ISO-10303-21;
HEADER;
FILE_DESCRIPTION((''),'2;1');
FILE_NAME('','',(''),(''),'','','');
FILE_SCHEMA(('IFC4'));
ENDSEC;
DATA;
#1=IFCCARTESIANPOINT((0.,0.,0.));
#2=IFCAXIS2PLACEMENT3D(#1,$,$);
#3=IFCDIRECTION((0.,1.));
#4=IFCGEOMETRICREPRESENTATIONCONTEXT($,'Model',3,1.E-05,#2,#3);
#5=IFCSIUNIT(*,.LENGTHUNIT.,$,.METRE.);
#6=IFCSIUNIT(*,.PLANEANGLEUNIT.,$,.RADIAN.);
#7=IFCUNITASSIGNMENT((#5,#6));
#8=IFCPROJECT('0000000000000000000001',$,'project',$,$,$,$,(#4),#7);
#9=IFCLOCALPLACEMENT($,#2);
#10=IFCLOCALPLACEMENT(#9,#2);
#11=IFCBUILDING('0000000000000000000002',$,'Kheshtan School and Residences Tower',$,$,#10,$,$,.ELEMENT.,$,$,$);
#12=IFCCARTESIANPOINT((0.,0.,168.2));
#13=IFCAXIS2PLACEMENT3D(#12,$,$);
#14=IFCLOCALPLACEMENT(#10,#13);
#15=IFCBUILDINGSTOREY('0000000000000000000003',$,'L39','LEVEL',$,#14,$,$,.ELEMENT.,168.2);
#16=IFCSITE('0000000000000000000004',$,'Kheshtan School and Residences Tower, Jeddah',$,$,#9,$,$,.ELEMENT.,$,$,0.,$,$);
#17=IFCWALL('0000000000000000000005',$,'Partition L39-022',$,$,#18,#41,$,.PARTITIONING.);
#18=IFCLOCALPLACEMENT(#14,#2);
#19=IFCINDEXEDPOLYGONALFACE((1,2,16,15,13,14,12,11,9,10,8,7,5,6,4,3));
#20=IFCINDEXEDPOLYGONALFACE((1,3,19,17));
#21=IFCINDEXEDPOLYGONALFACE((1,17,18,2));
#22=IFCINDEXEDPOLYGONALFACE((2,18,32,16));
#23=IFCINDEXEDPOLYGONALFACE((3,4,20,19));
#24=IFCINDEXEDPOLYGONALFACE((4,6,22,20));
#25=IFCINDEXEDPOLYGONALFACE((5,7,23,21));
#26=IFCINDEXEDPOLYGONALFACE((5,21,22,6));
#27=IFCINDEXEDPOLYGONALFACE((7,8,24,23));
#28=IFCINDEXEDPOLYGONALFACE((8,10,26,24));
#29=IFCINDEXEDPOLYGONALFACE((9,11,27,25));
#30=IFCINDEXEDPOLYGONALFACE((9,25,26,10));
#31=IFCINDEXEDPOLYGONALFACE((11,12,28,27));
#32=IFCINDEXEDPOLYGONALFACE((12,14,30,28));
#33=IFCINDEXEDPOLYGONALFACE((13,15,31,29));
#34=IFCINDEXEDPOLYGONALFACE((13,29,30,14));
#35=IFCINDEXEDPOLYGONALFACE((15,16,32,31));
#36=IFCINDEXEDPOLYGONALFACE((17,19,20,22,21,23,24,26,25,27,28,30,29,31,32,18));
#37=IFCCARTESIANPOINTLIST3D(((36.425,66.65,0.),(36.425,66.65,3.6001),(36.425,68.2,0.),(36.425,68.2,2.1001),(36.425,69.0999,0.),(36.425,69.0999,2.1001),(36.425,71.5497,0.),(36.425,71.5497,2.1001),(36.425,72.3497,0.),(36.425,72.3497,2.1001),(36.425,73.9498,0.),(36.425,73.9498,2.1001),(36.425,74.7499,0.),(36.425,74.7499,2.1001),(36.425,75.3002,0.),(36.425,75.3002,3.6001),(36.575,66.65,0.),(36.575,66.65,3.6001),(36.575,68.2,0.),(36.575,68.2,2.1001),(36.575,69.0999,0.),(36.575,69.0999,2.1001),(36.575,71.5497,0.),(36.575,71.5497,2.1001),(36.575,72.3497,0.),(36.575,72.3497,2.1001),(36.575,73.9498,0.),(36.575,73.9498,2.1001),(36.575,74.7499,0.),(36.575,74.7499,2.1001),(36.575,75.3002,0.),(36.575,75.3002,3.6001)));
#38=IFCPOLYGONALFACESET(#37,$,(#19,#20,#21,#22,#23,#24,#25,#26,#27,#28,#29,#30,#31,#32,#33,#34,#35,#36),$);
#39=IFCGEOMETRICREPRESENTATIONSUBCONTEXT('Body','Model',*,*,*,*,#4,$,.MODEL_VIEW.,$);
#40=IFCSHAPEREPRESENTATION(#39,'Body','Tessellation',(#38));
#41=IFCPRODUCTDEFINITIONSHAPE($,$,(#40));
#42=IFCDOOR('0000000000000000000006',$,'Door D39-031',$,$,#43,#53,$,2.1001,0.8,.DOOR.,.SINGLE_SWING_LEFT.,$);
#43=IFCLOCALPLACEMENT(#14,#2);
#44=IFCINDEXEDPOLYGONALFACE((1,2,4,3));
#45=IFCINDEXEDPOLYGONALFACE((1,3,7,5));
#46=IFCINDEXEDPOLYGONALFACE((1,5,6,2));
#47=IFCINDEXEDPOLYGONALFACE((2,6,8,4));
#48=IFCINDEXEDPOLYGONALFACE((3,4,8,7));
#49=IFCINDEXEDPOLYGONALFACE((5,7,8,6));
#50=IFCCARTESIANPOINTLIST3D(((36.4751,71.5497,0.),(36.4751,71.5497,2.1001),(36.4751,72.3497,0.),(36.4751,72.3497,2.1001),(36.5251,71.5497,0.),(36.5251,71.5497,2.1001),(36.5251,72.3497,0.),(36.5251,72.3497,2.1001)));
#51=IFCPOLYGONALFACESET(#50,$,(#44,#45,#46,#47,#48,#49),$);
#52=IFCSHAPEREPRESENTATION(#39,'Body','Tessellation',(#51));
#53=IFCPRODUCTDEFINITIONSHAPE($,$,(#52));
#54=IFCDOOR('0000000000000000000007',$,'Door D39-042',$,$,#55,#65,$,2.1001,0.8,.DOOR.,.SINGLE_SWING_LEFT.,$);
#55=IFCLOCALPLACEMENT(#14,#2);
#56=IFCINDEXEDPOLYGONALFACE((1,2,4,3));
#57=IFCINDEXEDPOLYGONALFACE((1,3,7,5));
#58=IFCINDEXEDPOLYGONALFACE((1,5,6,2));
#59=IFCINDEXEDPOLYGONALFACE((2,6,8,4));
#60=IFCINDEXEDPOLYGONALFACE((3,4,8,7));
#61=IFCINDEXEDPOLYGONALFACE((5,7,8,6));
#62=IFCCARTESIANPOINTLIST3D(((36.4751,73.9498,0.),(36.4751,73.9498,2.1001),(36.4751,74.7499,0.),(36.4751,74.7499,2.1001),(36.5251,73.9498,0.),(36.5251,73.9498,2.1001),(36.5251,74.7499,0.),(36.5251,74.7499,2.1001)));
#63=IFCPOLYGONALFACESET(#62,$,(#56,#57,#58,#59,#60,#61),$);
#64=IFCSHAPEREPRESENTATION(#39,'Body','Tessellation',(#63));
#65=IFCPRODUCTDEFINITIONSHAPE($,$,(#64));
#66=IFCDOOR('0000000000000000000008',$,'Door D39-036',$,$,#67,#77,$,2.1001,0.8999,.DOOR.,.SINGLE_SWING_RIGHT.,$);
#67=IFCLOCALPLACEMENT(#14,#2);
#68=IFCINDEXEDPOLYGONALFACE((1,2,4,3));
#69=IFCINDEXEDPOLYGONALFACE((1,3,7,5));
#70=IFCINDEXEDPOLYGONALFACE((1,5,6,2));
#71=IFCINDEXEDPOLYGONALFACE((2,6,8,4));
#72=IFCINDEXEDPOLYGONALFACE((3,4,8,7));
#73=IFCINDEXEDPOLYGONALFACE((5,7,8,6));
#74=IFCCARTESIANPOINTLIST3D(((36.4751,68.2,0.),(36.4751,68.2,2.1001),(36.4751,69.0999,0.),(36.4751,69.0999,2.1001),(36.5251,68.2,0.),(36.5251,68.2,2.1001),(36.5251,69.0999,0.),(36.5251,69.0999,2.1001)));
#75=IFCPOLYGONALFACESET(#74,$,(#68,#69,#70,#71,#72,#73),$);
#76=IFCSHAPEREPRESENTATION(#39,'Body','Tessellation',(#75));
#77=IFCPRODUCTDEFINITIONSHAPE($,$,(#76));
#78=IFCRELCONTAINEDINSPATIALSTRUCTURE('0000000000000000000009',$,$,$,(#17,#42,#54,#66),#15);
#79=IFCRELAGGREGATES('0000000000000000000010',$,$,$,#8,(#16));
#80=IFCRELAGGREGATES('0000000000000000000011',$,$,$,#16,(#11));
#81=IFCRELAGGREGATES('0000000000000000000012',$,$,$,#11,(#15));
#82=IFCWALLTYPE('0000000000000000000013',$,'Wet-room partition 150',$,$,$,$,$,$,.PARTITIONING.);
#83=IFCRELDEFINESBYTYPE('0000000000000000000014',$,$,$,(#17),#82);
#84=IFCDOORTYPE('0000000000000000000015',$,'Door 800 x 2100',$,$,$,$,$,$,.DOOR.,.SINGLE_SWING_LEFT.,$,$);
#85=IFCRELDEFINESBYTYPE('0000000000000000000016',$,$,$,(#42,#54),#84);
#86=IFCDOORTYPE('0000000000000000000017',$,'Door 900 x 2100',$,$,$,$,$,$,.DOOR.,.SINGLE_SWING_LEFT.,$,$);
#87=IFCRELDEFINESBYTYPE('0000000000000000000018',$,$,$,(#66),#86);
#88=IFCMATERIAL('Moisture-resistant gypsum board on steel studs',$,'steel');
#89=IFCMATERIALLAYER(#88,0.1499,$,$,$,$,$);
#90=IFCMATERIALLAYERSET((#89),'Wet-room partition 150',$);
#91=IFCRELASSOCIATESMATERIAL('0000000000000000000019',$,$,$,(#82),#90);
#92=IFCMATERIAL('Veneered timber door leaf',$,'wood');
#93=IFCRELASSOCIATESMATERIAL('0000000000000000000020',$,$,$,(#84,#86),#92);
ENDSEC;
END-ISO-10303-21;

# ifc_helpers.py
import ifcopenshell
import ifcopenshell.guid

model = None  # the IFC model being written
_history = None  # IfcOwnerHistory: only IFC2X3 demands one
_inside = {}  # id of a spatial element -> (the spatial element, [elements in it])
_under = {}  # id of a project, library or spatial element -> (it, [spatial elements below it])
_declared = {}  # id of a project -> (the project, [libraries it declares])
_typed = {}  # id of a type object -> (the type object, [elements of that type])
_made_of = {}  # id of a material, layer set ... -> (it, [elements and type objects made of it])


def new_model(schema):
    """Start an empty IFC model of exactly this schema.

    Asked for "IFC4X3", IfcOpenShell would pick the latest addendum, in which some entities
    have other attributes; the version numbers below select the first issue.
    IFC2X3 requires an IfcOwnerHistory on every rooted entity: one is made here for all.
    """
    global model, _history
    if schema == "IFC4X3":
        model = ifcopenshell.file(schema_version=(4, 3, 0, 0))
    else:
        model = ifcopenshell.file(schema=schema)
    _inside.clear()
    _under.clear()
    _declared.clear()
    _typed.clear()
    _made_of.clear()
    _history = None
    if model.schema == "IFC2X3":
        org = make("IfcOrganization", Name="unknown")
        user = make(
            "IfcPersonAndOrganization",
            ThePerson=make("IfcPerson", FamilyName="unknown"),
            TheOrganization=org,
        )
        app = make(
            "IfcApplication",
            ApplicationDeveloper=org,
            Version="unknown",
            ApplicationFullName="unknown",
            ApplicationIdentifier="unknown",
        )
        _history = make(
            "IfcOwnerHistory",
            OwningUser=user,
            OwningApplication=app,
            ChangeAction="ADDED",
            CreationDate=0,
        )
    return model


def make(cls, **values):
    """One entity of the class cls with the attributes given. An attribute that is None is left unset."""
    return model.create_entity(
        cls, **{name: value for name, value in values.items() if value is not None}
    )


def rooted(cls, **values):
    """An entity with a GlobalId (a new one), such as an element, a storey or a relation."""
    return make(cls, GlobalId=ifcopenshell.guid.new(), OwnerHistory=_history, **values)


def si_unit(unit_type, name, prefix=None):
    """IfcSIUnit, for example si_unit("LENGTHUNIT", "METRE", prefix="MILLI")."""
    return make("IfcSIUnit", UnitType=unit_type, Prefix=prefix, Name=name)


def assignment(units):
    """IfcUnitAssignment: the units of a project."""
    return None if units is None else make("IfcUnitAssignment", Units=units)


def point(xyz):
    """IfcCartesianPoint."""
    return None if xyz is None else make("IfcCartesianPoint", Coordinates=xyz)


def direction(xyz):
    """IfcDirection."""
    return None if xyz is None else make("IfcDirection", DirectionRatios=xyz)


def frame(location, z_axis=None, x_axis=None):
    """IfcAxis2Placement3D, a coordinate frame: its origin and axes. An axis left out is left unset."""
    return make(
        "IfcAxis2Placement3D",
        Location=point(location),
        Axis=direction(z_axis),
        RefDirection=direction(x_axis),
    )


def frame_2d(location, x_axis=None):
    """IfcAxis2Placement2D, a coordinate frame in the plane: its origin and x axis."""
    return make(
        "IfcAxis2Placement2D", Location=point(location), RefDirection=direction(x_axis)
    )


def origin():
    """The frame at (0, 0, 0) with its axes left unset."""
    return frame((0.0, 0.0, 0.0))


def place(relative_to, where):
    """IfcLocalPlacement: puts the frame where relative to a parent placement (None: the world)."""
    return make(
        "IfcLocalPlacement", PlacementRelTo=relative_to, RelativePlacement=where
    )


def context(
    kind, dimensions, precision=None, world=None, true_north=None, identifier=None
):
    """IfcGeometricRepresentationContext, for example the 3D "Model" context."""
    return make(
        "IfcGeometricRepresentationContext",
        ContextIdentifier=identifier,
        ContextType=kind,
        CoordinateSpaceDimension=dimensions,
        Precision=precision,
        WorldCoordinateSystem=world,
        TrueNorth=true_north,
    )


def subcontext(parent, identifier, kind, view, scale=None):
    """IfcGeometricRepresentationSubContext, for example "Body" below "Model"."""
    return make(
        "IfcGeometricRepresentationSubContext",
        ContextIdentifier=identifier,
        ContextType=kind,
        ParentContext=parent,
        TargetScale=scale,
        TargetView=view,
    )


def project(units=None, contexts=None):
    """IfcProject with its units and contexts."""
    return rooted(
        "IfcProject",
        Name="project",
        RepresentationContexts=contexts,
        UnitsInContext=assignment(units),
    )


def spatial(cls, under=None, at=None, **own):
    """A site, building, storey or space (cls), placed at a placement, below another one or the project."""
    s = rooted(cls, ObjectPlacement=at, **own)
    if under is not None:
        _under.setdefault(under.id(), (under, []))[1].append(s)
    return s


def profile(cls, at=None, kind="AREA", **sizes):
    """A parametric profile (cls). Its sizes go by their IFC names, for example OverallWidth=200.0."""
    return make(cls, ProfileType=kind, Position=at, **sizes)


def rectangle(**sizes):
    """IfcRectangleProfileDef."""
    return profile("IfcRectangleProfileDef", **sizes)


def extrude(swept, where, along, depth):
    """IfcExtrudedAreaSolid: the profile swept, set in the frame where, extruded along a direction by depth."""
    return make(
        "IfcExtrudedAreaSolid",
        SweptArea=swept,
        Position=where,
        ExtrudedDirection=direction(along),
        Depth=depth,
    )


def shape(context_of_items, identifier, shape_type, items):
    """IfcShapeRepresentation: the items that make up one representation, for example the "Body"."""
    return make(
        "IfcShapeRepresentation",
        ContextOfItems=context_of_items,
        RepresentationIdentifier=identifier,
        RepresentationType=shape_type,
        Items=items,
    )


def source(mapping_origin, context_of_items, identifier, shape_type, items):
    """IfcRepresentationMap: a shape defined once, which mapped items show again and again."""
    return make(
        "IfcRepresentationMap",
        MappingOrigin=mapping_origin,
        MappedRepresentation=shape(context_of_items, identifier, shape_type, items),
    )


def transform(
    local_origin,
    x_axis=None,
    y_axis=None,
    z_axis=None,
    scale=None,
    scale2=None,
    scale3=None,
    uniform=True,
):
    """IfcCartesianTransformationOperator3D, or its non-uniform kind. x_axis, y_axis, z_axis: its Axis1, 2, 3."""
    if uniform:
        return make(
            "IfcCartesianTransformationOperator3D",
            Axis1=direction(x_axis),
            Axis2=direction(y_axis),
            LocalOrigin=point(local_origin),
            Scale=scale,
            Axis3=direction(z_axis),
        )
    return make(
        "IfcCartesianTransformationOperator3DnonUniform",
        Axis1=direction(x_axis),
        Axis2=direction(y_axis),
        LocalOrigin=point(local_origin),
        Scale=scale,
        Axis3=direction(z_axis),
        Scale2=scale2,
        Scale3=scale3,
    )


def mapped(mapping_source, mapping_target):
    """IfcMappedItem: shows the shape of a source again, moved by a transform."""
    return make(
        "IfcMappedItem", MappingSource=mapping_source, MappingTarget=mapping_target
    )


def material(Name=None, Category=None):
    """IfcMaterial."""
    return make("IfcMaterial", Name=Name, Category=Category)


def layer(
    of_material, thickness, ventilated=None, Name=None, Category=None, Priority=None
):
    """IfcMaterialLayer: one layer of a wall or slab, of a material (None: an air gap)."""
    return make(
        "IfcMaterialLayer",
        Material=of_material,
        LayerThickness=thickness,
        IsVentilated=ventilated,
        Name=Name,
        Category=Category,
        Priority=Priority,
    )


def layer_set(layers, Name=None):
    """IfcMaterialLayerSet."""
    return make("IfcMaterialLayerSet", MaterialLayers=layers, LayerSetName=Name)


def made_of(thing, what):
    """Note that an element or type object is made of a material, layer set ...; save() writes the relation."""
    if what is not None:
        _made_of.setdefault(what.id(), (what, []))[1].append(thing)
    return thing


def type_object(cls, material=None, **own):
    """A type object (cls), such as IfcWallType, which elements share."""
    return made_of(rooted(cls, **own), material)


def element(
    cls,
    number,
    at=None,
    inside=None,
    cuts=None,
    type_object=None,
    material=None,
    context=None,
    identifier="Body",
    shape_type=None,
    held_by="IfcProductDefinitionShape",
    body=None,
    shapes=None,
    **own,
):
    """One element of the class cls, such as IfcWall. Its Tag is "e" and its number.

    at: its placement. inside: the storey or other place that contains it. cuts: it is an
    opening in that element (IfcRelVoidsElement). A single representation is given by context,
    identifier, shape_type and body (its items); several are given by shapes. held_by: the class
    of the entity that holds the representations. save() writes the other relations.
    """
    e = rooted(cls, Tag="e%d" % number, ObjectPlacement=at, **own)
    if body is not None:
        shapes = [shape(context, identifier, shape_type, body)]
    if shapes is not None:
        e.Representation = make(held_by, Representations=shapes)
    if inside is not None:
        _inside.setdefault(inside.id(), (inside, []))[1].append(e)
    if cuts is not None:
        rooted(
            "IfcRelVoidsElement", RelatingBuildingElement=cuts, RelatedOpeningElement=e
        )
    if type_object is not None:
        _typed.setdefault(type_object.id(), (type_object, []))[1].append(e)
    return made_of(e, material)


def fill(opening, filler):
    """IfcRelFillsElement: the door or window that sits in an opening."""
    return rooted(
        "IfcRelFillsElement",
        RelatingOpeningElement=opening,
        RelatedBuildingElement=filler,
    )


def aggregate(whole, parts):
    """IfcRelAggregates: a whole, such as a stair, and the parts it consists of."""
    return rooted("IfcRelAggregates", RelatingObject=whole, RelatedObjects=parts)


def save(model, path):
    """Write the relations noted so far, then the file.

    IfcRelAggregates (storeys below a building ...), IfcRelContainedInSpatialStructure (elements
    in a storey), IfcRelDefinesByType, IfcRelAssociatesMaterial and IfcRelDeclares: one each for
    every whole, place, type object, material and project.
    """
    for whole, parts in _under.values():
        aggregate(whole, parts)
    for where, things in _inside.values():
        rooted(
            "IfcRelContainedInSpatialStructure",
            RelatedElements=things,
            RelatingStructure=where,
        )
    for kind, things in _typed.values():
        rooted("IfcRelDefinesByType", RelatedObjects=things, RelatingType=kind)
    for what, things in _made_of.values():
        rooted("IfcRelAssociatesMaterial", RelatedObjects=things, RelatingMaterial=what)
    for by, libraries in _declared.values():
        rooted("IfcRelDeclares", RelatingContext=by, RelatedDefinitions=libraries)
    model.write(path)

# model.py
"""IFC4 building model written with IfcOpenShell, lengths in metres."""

from ifc_helpers import new_model, si_unit, direction, frame, frame_2d, origin, place, context, subcontext, project, spatial, rectangle, extrude, source, transform, mapped, material, layer, layer_set, type_object, element, fill, save


model = new_model("IFC4")

# Units and contexts
model_context = context("Model", 3, precision=1e-05, world=origin(), true_north=direction((0.0, 1.0)))
body_context = subcontext(model_context, "Body", "Model", "MODEL_VIEW")
ifc_project = project(units=[si_unit("LENGTHUNIT", "METRE"), si_unit("PLANEANGLEUNIT", "RADIAN")], contexts=[model_context])

# Site, building, storey
site_placement = place(None, origin())
site = spatial("IfcSite", under=ifc_project, at=site_placement, Name="Kheshtan School and Residences Tower, Jeddah", CompositionType="ELEMENT", RefElevation=0.0)
building_placement = place(site_placement, origin())
building = spatial("IfcBuilding", under=site, at=building_placement, Name="Kheshtan School and Residences Tower", CompositionType="ELEMENT")
storey_placement = place(building_placement, frame((0.0, 0.0, 168.2)))
storey = spatial("IfcBuildingStorey", under=building, at=storey_placement, Name="L39", Description="LEVEL", CompositionType="ELEMENT", Elevation=168.2)

# Shared definitions
ifc_material_1 = material(Name="Moisture-resistant gypsum board on steel studs", Category="steel")
ifc_layer_1 = layer(ifc_material_1, 0.1499)
ifc_layer_set_1 = layer_set([ifc_layer_1], Name="Wet-room partition 150")
wall_type_1 = type_object("IfcWallType", Name="Wet-room partition 150", PredefinedType="PARTITIONING", material=ifc_layer_set_1)

# Shared definitions
ifc_material_2 = material(Name="Veneered timber door leaf", Category="wood")
door_type_1 = type_object("IfcDoorType", Name="Door 800 x 2100", OperationType="SINGLE_SWING_LEFT", PredefinedType="DOOR", material=ifc_material_2)
shared_shape_1 = source(origin(), body_context, "Body", "SweptSolid", [
    extrude(rectangle(XDim=0.8, YDim=2.1001, at=frame_2d((0.3999, 1.05))), frame((0.0, 0.0249, 0.0), z_axis=(0.0, -1.0, 0.0), x_axis=(1.0, 0.0, 0.0)), (0.0, 0.0, 1.0), 0.05),
])

# Wall, openings, doors
wall_1_placement = place(storey_placement, frame((36.5, 66.6499, 0.0), z_axis=(0.0, 0.0, 1.0), x_axis=(0.0, 1.0, 0.0)))
wall_1 = element("IfcWall", 1, at=wall_1_placement, inside=storey, type_object=wall_type_1, Name="Partition L39-022", PredefinedType="PARTITIONING", context=body_context, shape_type="SweptSolid", body=[
    extrude(rectangle(XDim=8.6501, YDim=0.1499, at=frame_2d((4.3252, 0.0))), origin(), (0.0, 0.0, 1.0), 3.6001),
])
opening_1_placement = place(wall_1_placement, frame((4.8999, 0.0, 0.0)))
opening_1 = element("IfcOpeningElement", 2, at=opening_1_placement, cuts=wall_1, PredefinedType="OPENING", context=body_context, shape_type="SweptSolid", body=[
    extrude(rectangle(XDim=0.8, YDim=2.1001, at=frame_2d((0.3999, 1.05))), frame((0.0, 0.085, 0.0), z_axis=(0.0, -1.0, 0.0), x_axis=(1.0, 0.0, 0.0)), (0.0, 0.0, 1.0), 0.1699),
])
opening_2_placement = place(wall_1_placement, frame((1.55, 0.0, 0.0)))
opening_2 = element("IfcOpeningElement", 3, at=opening_2_placement, cuts=wall_1, PredefinedType="OPENING", context=body_context, shape_type="SweptSolid", body=[
    extrude(rectangle(XDim=0.8999, YDim=2.1001, at=frame_2d((0.45, 1.05))), frame((0.0, 0.085, 0.0), z_axis=(0.0, -1.0, 0.0), x_axis=(1.0, 0.0, 0.0)), (0.0, 0.0, 1.0), 0.1699),
])
opening_3_placement = place(wall_1_placement, frame((7.3, 0.0, 0.0)))
opening_3 = element("IfcOpeningElement", 4, at=opening_3_placement, cuts=wall_1, PredefinedType="OPENING", context=body_context, shape_type="SweptSolid", body=[
    extrude(rectangle(XDim=0.8, YDim=2.1001, at=frame_2d((0.3999, 1.05))), frame((0.0, 0.085, 0.0), z_axis=(0.0, -1.0, 0.0), x_axis=(1.0, 0.0, 0.0)), (0.0, 0.0, 1.0), 0.1699),
])
door_1_placement = place(opening_1_placement, origin())
door_1 = element("IfcDoor", 5, at=door_1_placement, inside=storey, type_object=door_type_1, Name="Door D39-031", OperationType="SINGLE_SWING_LEFT", OverallHeight=2.1001, OverallWidth=0.8, PredefinedType="DOOR", context=body_context, shape_type="MappedRepresentation", body=[
    mapped(shared_shape_1, transform((0.0, 0.0, 0.0), x_axis=(1.0, 0.0, 0.0), y_axis=(0.0, 1.0, 0.0), z_axis=(0.0, 0.0, 1.0), scale=1.0)),
])
fill(opening_1, door_1)
door_2_placement = place(opening_3_placement, origin())
door_2 = element("IfcDoor", 6, at=door_2_placement, inside=storey, type_object=door_type_1, Name="Door D39-042", OperationType="SINGLE_SWING_LEFT", OverallHeight=2.1001, OverallWidth=0.8, PredefinedType="DOOR", context=body_context, shape_type="MappedRepresentation", body=[
    mapped(shared_shape_1, transform((0.0, 0.0, 0.0), x_axis=(1.0, 0.0, 0.0), y_axis=(0.0, 1.0, 0.0), z_axis=(0.0, 0.0, 1.0), scale=1.0)),
])
fill(opening_3, door_2)
door_type_2 = type_object("IfcDoorType", Name="Door 900 x 2100", OperationType="SINGLE_SWING_LEFT", PredefinedType="DOOR", material=ifc_material_2)
shared_shape_2 = source(origin(), body_context, "Body", "SweptSolid", [
    extrude(rectangle(XDim=0.8999, YDim=2.1001, at=frame_2d((0.45, 1.05))), frame((0.0, 0.0249, 0.0), z_axis=(0.0, -1.0, 0.0), x_axis=(1.0, 0.0, 0.0)), (0.0, 0.0, 1.0), 0.05),
])
door_3_placement = place(opening_2_placement, origin())
door_3 = element("IfcDoor", 7, at=door_3_placement, inside=storey, type_object=door_type_2, Name="Door D39-036", OperationType="SINGLE_SWING_RIGHT", OverallHeight=2.1001, OverallWidth=0.8999, PredefinedType="DOOR", context=body_context, shape_type="MappedRepresentation", body=[
    mapped(shared_shape_2, transform((0.0, 0.0, 0.0), x_axis=(1.0, 0.0, 0.0), y_axis=(0.0, 1.0, 0.0), z_axis=(0.0, 0.0, 1.0), scale=1.0)),
])
fill(opening_2, door_3)

save(model, "model.ifc")
